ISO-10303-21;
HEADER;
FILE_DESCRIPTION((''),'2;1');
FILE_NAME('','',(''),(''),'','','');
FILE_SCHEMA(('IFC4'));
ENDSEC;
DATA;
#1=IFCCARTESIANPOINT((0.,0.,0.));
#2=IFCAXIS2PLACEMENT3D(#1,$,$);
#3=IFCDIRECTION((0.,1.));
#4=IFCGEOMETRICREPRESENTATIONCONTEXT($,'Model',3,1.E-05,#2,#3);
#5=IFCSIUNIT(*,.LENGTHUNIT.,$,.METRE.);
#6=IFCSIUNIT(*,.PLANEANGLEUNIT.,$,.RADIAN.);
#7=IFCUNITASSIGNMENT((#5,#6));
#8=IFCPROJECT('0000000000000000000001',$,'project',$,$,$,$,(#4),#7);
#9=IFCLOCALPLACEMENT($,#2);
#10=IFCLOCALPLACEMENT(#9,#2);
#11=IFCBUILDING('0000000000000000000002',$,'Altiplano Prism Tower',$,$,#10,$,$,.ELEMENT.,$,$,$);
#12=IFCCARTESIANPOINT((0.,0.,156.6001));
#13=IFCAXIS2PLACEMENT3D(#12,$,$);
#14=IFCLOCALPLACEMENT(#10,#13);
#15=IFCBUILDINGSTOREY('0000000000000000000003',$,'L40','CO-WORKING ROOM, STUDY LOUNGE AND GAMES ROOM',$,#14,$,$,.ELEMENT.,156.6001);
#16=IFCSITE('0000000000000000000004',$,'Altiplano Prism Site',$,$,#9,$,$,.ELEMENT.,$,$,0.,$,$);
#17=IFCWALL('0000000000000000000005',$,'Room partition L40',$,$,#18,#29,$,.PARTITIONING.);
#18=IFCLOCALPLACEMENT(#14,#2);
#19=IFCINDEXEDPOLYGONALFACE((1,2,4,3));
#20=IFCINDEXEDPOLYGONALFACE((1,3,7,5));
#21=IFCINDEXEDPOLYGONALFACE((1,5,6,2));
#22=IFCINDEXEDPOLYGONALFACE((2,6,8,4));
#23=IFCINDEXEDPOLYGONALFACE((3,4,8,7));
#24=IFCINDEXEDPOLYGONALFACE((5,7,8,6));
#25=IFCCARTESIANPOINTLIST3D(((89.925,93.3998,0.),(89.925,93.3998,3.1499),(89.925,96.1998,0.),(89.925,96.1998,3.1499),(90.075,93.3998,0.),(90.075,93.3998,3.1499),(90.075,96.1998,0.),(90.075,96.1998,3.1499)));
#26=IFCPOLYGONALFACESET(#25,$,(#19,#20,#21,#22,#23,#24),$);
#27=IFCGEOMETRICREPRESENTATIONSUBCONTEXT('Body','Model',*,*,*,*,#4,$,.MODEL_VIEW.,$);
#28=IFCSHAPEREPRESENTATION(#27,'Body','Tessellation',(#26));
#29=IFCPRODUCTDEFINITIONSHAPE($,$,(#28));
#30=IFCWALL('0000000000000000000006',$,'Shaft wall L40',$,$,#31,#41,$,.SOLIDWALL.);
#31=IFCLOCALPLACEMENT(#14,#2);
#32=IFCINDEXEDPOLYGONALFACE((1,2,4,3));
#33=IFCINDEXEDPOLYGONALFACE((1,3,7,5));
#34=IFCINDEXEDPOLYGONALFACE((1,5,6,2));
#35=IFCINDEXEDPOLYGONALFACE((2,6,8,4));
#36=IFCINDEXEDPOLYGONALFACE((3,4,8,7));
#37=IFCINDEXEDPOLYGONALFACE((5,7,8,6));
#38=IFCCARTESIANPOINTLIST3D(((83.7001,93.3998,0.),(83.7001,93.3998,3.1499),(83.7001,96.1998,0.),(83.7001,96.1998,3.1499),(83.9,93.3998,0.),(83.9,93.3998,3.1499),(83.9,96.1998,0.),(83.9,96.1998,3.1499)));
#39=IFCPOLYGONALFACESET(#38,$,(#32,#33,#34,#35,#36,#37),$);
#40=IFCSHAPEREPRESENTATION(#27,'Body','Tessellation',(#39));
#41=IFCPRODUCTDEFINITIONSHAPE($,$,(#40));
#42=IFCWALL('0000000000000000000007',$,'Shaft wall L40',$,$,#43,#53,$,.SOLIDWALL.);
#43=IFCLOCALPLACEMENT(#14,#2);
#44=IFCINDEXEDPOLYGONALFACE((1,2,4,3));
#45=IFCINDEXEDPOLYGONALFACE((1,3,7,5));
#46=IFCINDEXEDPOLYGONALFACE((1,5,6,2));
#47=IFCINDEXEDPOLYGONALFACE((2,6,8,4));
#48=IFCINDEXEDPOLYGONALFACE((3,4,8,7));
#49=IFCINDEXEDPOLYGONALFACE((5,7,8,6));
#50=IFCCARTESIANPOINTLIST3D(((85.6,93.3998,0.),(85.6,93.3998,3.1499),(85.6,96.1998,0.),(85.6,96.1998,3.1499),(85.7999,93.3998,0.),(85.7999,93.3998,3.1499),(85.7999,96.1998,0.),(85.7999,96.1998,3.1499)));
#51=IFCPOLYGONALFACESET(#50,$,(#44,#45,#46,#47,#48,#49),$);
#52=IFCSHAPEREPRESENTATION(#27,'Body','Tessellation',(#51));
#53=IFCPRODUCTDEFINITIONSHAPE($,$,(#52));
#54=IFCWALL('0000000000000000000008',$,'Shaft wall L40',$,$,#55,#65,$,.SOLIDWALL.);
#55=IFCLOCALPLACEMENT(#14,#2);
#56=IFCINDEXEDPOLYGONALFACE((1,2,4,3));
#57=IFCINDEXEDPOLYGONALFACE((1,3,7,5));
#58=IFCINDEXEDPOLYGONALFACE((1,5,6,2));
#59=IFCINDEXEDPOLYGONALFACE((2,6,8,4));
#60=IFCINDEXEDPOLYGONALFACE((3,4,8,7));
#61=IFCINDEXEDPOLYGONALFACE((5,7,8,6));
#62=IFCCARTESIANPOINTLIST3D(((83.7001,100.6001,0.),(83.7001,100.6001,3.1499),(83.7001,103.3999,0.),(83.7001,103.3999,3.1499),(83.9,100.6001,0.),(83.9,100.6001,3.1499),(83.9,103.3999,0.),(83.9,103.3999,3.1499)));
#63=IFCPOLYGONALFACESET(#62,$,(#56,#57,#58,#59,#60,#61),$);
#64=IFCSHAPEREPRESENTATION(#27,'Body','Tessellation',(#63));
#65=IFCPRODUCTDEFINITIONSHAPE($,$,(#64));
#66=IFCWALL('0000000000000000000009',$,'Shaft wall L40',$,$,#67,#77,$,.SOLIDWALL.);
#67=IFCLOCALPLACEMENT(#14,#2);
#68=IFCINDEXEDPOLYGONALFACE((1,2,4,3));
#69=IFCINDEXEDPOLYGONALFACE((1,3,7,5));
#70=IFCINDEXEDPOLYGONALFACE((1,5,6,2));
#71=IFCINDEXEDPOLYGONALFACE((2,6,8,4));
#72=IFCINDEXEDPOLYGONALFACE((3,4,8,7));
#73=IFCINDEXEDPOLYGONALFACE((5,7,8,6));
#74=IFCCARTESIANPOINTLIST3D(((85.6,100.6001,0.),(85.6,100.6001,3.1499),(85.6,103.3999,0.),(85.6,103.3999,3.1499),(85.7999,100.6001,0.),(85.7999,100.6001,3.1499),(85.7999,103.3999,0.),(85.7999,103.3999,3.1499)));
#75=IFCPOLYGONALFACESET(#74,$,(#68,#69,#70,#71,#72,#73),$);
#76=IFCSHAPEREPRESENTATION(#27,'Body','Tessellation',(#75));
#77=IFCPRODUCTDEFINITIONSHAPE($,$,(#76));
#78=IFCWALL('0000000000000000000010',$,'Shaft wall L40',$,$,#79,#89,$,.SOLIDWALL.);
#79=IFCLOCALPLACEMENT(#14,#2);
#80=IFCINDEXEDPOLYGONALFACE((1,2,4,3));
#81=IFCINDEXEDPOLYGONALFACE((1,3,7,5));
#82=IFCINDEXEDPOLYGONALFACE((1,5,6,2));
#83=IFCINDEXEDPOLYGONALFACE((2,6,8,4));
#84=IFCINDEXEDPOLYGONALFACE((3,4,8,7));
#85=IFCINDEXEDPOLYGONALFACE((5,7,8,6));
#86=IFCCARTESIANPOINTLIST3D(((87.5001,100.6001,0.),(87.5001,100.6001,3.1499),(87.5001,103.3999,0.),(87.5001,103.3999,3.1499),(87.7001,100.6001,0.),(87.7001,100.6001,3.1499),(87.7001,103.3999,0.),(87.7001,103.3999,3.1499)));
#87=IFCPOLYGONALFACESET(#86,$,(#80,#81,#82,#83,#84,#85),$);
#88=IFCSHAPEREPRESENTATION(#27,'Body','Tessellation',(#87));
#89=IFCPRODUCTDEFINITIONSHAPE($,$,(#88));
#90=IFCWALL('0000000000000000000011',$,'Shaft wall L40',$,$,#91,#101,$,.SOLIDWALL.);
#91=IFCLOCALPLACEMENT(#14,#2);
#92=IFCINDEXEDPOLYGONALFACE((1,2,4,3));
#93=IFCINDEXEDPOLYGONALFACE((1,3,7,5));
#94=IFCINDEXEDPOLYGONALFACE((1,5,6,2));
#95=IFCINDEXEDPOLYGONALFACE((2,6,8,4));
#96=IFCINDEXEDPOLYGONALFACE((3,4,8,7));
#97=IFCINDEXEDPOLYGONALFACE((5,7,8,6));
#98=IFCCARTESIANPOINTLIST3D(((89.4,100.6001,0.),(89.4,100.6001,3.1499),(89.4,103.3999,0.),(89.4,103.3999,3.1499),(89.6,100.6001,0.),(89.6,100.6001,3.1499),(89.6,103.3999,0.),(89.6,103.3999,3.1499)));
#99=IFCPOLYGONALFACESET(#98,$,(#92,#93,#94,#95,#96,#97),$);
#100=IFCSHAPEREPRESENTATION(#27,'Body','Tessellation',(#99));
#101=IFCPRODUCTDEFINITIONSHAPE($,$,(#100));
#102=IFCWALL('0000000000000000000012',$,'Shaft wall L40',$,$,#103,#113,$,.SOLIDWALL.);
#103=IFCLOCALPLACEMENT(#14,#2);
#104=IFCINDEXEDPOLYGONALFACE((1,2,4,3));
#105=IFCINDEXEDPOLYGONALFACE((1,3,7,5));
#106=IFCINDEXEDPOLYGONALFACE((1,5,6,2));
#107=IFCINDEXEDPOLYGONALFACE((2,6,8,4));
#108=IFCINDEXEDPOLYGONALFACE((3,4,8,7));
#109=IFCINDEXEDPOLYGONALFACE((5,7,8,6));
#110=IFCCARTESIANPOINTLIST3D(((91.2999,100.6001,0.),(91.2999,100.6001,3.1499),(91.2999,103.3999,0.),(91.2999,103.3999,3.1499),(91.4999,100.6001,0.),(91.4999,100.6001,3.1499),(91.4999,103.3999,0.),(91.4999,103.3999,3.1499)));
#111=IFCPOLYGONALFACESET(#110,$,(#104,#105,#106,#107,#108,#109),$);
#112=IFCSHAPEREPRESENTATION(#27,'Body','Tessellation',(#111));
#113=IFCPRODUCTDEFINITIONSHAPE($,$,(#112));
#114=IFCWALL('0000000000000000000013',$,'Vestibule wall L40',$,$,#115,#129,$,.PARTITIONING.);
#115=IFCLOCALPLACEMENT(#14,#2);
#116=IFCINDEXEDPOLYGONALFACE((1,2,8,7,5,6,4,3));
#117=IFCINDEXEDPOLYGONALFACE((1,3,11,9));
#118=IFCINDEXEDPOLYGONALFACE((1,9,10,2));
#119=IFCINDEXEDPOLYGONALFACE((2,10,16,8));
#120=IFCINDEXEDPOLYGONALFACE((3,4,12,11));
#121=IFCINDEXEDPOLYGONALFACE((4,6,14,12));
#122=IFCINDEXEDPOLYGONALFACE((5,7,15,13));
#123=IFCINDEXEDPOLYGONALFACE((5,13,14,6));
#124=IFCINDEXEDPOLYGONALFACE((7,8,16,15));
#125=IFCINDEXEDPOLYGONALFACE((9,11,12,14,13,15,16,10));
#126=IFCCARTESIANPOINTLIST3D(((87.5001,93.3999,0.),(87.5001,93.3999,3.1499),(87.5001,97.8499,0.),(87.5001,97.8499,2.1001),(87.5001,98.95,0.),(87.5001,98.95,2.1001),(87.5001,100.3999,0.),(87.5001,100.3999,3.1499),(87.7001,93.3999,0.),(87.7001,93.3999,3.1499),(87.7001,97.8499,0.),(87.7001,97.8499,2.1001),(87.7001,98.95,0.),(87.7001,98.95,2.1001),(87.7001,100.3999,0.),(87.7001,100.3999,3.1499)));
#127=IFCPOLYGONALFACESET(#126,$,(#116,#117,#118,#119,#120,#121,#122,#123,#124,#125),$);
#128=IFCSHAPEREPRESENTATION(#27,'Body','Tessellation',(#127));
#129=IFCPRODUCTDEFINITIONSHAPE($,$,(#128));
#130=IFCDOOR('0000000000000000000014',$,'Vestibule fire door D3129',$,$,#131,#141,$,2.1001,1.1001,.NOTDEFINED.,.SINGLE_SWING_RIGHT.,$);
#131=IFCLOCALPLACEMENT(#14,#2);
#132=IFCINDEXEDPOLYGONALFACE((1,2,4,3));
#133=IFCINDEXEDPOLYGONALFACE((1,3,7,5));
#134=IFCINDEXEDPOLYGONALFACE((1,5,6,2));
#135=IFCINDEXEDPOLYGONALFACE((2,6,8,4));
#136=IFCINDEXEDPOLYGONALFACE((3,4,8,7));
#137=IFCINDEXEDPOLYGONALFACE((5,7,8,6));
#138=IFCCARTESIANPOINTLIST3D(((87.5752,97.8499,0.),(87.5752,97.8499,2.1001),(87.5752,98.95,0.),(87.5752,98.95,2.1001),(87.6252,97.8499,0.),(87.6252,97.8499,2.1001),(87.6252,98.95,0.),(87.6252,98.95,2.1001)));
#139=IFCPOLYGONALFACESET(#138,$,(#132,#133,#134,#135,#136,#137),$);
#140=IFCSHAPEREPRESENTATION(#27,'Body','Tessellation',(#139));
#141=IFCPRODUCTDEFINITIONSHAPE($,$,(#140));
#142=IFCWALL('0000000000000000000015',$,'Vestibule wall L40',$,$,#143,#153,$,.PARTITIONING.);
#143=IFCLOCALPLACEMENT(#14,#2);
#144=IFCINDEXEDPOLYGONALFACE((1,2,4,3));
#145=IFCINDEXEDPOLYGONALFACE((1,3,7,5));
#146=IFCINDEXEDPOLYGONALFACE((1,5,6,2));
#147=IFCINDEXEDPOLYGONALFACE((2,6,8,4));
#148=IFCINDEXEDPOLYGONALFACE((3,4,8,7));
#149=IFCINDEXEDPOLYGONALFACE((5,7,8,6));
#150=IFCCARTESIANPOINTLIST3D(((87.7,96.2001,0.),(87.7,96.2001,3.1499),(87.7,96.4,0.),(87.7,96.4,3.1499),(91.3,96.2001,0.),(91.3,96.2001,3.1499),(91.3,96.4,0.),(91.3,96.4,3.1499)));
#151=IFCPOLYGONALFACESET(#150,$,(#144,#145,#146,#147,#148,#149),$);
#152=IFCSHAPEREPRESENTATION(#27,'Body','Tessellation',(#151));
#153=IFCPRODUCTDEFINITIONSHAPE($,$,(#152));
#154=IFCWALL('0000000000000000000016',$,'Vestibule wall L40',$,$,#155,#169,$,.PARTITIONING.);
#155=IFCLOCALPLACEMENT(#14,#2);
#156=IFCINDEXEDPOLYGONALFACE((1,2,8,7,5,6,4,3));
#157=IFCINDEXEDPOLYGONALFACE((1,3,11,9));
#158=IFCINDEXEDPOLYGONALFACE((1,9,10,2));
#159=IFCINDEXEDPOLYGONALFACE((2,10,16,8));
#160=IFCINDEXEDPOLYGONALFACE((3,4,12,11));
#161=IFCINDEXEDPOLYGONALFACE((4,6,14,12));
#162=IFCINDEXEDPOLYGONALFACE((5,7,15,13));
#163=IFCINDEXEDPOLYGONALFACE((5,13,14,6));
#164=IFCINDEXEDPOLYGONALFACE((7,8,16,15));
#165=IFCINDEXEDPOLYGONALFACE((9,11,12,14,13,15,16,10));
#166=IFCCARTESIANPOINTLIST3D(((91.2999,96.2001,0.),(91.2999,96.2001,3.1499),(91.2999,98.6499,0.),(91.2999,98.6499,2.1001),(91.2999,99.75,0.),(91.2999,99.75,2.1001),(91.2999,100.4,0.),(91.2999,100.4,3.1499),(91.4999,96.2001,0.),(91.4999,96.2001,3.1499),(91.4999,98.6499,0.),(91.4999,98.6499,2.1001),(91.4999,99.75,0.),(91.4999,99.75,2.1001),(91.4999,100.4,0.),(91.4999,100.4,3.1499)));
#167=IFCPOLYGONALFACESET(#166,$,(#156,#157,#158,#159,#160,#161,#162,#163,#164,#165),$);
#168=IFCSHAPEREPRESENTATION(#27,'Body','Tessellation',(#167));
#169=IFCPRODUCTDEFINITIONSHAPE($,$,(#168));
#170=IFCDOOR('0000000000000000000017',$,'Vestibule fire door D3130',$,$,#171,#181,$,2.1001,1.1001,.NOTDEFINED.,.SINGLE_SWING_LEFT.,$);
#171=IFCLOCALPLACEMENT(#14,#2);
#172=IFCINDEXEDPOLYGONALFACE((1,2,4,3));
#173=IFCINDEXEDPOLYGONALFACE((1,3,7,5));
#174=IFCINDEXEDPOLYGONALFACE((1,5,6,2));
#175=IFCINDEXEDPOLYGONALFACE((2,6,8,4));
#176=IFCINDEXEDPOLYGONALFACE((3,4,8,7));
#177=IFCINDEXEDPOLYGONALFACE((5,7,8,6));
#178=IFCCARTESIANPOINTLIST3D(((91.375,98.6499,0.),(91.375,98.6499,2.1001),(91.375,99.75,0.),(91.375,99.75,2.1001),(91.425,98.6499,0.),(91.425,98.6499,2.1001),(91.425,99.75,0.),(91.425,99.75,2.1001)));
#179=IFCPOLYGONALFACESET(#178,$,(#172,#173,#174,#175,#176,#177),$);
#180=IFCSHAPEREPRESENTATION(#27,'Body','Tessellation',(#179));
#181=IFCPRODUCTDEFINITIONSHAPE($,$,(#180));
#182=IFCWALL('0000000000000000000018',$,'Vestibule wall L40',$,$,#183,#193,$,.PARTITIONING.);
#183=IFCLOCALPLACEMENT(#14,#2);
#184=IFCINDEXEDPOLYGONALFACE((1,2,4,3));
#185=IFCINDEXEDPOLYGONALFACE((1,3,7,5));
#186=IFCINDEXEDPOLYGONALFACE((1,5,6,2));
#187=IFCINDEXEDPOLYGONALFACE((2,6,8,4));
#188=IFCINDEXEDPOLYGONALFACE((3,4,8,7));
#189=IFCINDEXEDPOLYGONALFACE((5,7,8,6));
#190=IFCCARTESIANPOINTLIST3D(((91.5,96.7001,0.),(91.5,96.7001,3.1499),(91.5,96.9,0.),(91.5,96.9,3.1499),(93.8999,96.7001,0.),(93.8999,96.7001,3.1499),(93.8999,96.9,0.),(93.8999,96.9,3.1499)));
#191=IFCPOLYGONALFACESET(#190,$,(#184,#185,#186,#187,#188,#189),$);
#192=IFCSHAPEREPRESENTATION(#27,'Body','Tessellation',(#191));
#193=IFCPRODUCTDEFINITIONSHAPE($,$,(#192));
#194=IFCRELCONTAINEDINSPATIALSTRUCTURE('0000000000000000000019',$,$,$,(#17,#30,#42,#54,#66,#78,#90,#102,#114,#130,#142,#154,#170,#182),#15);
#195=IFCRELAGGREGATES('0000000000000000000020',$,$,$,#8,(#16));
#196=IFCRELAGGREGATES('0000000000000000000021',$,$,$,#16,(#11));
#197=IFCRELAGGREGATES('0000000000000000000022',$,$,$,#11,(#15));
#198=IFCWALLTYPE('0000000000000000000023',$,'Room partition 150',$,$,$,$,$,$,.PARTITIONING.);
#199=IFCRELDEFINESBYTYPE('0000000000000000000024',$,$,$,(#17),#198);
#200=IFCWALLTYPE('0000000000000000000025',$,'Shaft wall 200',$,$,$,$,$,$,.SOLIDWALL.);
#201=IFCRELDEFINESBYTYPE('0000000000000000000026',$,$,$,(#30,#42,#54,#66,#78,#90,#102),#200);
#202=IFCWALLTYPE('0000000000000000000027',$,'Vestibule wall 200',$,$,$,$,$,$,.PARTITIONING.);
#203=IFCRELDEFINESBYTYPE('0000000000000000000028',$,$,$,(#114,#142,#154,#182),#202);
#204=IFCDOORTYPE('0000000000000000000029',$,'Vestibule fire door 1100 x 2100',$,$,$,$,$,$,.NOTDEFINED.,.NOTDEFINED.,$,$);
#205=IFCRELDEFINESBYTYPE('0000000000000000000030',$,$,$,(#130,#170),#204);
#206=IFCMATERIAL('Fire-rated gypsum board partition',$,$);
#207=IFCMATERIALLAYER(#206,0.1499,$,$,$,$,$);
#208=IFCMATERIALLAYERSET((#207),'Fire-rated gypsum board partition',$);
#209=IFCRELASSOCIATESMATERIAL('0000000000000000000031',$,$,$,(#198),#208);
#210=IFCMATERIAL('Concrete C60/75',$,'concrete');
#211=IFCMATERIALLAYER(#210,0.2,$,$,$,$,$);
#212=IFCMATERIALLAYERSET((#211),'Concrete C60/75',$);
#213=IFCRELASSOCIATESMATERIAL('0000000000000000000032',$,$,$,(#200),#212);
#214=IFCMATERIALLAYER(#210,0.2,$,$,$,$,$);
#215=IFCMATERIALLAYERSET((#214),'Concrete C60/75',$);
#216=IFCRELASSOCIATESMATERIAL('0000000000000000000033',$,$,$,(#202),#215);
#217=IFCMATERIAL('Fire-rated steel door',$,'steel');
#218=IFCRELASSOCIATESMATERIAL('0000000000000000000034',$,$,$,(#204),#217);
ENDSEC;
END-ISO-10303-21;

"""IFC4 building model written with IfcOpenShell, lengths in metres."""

from ifc_helpers import new_model, si_unit, direction, frame, frame_2d, origin, place, context, subcontext, project, spatial, rectangle, extrude, material, layer, layer_set, type_object, element, fill, save


model = new_model("IFC4")

# Units and contexts
model_context = context("Model", 3, precision=1e-05, world=origin(), true_north=direction((0.0, 1.0)))
body_context = subcontext(model_context, "Body", "Model", "MODEL_VIEW")
ifc_project = project(units=[si_unit("LENGTHUNIT", "METRE"), si_unit("PLANEANGLEUNIT", "RADIAN")], contexts=[model_context])

# Site, building, storey
site_placement = place(None, origin())
site = spatial("IfcSite", under=ifc_project, at=site_placement, Name="Altiplano Prism Site", CompositionType="ELEMENT", RefElevation=0.0)
building_placement = place(site_placement, origin())
building = spatial("IfcBuilding", under=site, at=building_placement, Name="Altiplano Prism Tower", CompositionType="ELEMENT")
storey_placement = place(building_placement, frame((0.0, 0.0, 156.6001)))
storey = spatial("IfcBuildingStorey", under=building, at=storey_placement, Name="L40", Description="CO-WORKING ROOM, STUDY LOUNGE AND GAMES ROOM", CompositionType="ELEMENT", Elevation=156.6001)

# Walls
ifc_material_1 = material(Name="Fire-rated gypsum board partition")
ifc_layer_1 = layer(ifc_material_1, 0.1499)
ifc_layer_set_1 = layer_set([ifc_layer_1], Name="Fire-rated gypsum board partition")
wall_type_1 = type_object("IfcWallType", Name="Room partition 150", PredefinedType="PARTITIONING", material=ifc_layer_set_1)
wall_1_placement = place(storey_placement, frame((90.0, 93.3999, 0.0), z_axis=(0.0, 0.0, 1.0), x_axis=(0.0, 1.0, 0.0)))
element("IfcWall", 1, at=wall_1_placement, inside=storey, type_object=wall_type_1, Name="Room partition L40", PredefinedType="PARTITIONING", context=body_context, shape_type="SweptSolid", body=[
    extrude(rectangle(XDim=2.8, YDim=0.1499, at=frame_2d((1.3999, 0.0))), origin(), (0.0, 0.0, 1.0), 3.1499),
])
ifc_material_2 = material(Name="Concrete C60/75", Category="concrete")
ifc_layer_2 = layer(ifc_material_2, 0.2)
ifc_layer_set_2 = layer_set([ifc_layer_2], Name="Concrete C60/75")
wall_type_2 = type_object("IfcWallType", Name="Shaft wall 200", PredefinedType="SOLIDWALL", material=ifc_layer_set_2)
for number, where, z_axis, x_axis, name in (
    (2, (83.8, 93.3999, 0.0), (0.0, 0.0, 1.0), (0.0, 1.0, 0.0), "Shaft wall L40"),
    (3, (85.7, 93.3999, 0.0), (0.0, 0.0, 1.0), (0.0, 1.0, 0.0), "Shaft wall L40"),
):
    element("IfcWall", number, at=place(storey_placement, frame(where, z_axis=z_axis, x_axis=x_axis)), inside=storey, type_object=wall_type_2, Name=name, PredefinedType="SOLIDWALL", context=body_context, shape_type="SweptSolid", body=[
        extrude(rectangle(XDim=2.8, YDim=0.2, at=frame_2d((1.3999, 0.0))), origin(), (0.0, 0.0, 1.0), 3.1499),
    ])
for number, where, z_axis, x_axis, name in (
    (4, (83.8, 100.6001, 0.0), (0.0, 0.0, 1.0), (0.0, 1.0, 0.0), "Shaft wall L40"),
    (5, (85.7, 100.6001, 0.0), (0.0, 0.0, 1.0), (0.0, 1.0, 0.0), "Shaft wall L40"),
    (6, (87.6001, 100.6001, 0.0), (0.0, 0.0, 1.0), (0.0, 1.0, 0.0), "Shaft wall L40"),
    (7, (89.5, 100.6001, 0.0), (0.0, 0.0, 1.0), (0.0, 1.0, 0.0), "Shaft wall L40"),
    (8, (91.3999, 100.6001, 0.0), (0.0, 0.0, 1.0), (0.0, 1.0, 0.0), "Shaft wall L40"),
):
    element("IfcWall", number, at=place(storey_placement, frame(where, z_axis=z_axis, x_axis=x_axis)), inside=storey, type_object=wall_type_2, Name=name, PredefinedType="SOLIDWALL", context=body_context, shape_type="SweptSolid", body=[
        extrude(rectangle(XDim=2.7998, YDim=0.2, at=frame_2d((1.3999, 0.0))), origin(), (0.0, 0.0, 1.0), 3.1499),
    ])

# Wall, opening, door
ifc_layer_3 = layer(ifc_material_2, 0.2)
ifc_layer_set_3 = layer_set([ifc_layer_3], Name="Concrete C60/75")
wall_type_3 = type_object("IfcWallType", Name="Vestibule wall 200", PredefinedType="PARTITIONING", material=ifc_layer_set_3)
wall_2_placement = place(storey_placement, frame((87.6001, 93.3999, 0.0), z_axis=(0.0, 0.0, 1.0), x_axis=(0.0, 1.0, 0.0)))
wall_2 = element("IfcWall", 9, at=wall_2_placement, inside=storey, type_object=wall_type_3, Name="Vestibule wall L40", PredefinedType="PARTITIONING", context=body_context, shape_type="SweptSolid", body=[
    extrude(rectangle(XDim=7.0, YDim=0.2, at=frame_2d((3.5, 0.0))), origin(), (0.0, 0.0, 1.0), 3.1499),
])
opening_1_placement = place(wall_2_placement, frame((4.45, 0.0, 0.0)))
opening_1 = element("IfcOpeningElement", 10, at=opening_1_placement, cuts=wall_2, PredefinedType="OPENING", context=body_context, shape_type="SweptSolid", body=[
    extrude(rectangle(XDim=1.1001, YDim=2.1001, at=frame_2d((0.55, 1.05))), frame((0.0, 0.1104, 0.0), z_axis=(0.0, -1.0, 0.0), x_axis=(1.0, 0.0, 0.0)), (0.0, 0.0, 1.0), 0.2209),
])
ifc_material_3 = material(Name="Fire-rated steel door", Category="steel")
door_type = type_object("IfcDoorType", Name="Vestibule fire door 1100 x 2100", OperationType="NOTDEFINED", PredefinedType="NOTDEFINED", material=ifc_material_3)
door_1_placement = place(opening_1_placement, origin())
door_1 = element("IfcDoor", 11, at=door_1_placement, inside=storey, type_object=door_type, Name="Vestibule fire door D3129", OperationType="SINGLE_SWING_RIGHT", OverallHeight=2.1001, OverallWidth=1.1001, PredefinedType="NOTDEFINED", context=body_context, shape_type="SweptSolid", body=[
    extrude(rectangle(XDim=1.1001, YDim=2.1001, at=frame_2d((0.55, 1.05))), frame((0.0, 0.0249, 0.0), z_axis=(0.0, -1.0, 0.0), x_axis=(1.0, 0.0, 0.0)), (0.0, 0.0, 1.0), 0.05),
])
fill(opening_1, door_1)

# Wall
wall_3_placement = place(storey_placement, frame((87.7, 96.3, 0.0), z_axis=(0.0, 0.0, 1.0), x_axis=(1.0, 0.0, 0.0)))
element("IfcWall", 12, at=wall_3_placement, inside=storey, type_object=wall_type_3, Name="Vestibule wall L40", PredefinedType="PARTITIONING", context=body_context, shape_type="SweptSolid", body=[
    extrude(rectangle(XDim=3.6001, YDim=0.2, at=frame_2d((1.8, 0.0))), origin(), (0.0, 0.0, 1.0), 3.1499),
])

# Wall, opening, door
wall_4_placement = place(storey_placement, frame((91.3999, 96.2, 0.0), z_axis=(0.0, 0.0, 1.0), x_axis=(0.0, 1.0, 0.0)))
wall_4 = element("IfcWall", 13, at=wall_4_placement, inside=storey, type_object=wall_type_3, Name="Vestibule wall L40", PredefinedType="PARTITIONING", context=body_context, shape_type="SweptSolid", body=[
    extrude(rectangle(XDim=4.2, YDim=0.2, at=frame_2d((2.1001, 0.0))), origin(), (0.0, 0.0, 1.0), 3.1499),
])
opening_2_placement = place(wall_4_placement, frame((2.45, 0.0, 0.0)))
opening_2 = element("IfcOpeningElement", 14, at=opening_2_placement, cuts=wall_4, PredefinedType="OPENING", context=body_context, shape_type="SweptSolid", body=[
    extrude(rectangle(XDim=1.1001, YDim=2.1001, at=frame_2d((0.55, 1.05))), frame((0.0, 0.1104, 0.0), z_axis=(0.0, -1.0, 0.0), x_axis=(1.0, 0.0, 0.0)), (0.0, 0.0, 1.0), 0.2209),
])
door_2_placement = place(opening_2_placement, origin())
door_2 = element("IfcDoor", 15, at=door_2_placement, inside=storey, type_object=door_type, Name="Vestibule fire door D3130", OperationType="SINGLE_SWING_LEFT", OverallHeight=2.1001, OverallWidth=1.1001, PredefinedType="NOTDEFINED", context=body_context, shape_type="SweptSolid", body=[
    extrude(rectangle(XDim=1.1001, YDim=2.1001, at=frame_2d((0.55, 1.05))), frame((0.0, 0.0249, 0.0), z_axis=(0.0, -1.0, 0.0), x_axis=(1.0, 0.0, 0.0)), (0.0, 0.0, 1.0), 0.05),
])
fill(opening_2, door_2)

# Wall
wall_5_placement = place(storey_placement, frame((91.5, 96.8, 0.0), z_axis=(0.0, 0.0, 1.0), x_axis=(1.0, 0.0, 0.0)))
element("IfcWall", 16, at=wall_5_placement, inside=storey, type_object=wall_type_3, Name="Vestibule wall L40", PredefinedType="PARTITIONING", context=body_context, shape_type="SweptSolid", body=[
    extrude(rectangle(XDim=2.3999, YDim=0.2, at=frame_2d((1.2, 0.0))), origin(), (0.0, 0.0, 1.0), 3.1499),
])

save(model, "model.ifc")
